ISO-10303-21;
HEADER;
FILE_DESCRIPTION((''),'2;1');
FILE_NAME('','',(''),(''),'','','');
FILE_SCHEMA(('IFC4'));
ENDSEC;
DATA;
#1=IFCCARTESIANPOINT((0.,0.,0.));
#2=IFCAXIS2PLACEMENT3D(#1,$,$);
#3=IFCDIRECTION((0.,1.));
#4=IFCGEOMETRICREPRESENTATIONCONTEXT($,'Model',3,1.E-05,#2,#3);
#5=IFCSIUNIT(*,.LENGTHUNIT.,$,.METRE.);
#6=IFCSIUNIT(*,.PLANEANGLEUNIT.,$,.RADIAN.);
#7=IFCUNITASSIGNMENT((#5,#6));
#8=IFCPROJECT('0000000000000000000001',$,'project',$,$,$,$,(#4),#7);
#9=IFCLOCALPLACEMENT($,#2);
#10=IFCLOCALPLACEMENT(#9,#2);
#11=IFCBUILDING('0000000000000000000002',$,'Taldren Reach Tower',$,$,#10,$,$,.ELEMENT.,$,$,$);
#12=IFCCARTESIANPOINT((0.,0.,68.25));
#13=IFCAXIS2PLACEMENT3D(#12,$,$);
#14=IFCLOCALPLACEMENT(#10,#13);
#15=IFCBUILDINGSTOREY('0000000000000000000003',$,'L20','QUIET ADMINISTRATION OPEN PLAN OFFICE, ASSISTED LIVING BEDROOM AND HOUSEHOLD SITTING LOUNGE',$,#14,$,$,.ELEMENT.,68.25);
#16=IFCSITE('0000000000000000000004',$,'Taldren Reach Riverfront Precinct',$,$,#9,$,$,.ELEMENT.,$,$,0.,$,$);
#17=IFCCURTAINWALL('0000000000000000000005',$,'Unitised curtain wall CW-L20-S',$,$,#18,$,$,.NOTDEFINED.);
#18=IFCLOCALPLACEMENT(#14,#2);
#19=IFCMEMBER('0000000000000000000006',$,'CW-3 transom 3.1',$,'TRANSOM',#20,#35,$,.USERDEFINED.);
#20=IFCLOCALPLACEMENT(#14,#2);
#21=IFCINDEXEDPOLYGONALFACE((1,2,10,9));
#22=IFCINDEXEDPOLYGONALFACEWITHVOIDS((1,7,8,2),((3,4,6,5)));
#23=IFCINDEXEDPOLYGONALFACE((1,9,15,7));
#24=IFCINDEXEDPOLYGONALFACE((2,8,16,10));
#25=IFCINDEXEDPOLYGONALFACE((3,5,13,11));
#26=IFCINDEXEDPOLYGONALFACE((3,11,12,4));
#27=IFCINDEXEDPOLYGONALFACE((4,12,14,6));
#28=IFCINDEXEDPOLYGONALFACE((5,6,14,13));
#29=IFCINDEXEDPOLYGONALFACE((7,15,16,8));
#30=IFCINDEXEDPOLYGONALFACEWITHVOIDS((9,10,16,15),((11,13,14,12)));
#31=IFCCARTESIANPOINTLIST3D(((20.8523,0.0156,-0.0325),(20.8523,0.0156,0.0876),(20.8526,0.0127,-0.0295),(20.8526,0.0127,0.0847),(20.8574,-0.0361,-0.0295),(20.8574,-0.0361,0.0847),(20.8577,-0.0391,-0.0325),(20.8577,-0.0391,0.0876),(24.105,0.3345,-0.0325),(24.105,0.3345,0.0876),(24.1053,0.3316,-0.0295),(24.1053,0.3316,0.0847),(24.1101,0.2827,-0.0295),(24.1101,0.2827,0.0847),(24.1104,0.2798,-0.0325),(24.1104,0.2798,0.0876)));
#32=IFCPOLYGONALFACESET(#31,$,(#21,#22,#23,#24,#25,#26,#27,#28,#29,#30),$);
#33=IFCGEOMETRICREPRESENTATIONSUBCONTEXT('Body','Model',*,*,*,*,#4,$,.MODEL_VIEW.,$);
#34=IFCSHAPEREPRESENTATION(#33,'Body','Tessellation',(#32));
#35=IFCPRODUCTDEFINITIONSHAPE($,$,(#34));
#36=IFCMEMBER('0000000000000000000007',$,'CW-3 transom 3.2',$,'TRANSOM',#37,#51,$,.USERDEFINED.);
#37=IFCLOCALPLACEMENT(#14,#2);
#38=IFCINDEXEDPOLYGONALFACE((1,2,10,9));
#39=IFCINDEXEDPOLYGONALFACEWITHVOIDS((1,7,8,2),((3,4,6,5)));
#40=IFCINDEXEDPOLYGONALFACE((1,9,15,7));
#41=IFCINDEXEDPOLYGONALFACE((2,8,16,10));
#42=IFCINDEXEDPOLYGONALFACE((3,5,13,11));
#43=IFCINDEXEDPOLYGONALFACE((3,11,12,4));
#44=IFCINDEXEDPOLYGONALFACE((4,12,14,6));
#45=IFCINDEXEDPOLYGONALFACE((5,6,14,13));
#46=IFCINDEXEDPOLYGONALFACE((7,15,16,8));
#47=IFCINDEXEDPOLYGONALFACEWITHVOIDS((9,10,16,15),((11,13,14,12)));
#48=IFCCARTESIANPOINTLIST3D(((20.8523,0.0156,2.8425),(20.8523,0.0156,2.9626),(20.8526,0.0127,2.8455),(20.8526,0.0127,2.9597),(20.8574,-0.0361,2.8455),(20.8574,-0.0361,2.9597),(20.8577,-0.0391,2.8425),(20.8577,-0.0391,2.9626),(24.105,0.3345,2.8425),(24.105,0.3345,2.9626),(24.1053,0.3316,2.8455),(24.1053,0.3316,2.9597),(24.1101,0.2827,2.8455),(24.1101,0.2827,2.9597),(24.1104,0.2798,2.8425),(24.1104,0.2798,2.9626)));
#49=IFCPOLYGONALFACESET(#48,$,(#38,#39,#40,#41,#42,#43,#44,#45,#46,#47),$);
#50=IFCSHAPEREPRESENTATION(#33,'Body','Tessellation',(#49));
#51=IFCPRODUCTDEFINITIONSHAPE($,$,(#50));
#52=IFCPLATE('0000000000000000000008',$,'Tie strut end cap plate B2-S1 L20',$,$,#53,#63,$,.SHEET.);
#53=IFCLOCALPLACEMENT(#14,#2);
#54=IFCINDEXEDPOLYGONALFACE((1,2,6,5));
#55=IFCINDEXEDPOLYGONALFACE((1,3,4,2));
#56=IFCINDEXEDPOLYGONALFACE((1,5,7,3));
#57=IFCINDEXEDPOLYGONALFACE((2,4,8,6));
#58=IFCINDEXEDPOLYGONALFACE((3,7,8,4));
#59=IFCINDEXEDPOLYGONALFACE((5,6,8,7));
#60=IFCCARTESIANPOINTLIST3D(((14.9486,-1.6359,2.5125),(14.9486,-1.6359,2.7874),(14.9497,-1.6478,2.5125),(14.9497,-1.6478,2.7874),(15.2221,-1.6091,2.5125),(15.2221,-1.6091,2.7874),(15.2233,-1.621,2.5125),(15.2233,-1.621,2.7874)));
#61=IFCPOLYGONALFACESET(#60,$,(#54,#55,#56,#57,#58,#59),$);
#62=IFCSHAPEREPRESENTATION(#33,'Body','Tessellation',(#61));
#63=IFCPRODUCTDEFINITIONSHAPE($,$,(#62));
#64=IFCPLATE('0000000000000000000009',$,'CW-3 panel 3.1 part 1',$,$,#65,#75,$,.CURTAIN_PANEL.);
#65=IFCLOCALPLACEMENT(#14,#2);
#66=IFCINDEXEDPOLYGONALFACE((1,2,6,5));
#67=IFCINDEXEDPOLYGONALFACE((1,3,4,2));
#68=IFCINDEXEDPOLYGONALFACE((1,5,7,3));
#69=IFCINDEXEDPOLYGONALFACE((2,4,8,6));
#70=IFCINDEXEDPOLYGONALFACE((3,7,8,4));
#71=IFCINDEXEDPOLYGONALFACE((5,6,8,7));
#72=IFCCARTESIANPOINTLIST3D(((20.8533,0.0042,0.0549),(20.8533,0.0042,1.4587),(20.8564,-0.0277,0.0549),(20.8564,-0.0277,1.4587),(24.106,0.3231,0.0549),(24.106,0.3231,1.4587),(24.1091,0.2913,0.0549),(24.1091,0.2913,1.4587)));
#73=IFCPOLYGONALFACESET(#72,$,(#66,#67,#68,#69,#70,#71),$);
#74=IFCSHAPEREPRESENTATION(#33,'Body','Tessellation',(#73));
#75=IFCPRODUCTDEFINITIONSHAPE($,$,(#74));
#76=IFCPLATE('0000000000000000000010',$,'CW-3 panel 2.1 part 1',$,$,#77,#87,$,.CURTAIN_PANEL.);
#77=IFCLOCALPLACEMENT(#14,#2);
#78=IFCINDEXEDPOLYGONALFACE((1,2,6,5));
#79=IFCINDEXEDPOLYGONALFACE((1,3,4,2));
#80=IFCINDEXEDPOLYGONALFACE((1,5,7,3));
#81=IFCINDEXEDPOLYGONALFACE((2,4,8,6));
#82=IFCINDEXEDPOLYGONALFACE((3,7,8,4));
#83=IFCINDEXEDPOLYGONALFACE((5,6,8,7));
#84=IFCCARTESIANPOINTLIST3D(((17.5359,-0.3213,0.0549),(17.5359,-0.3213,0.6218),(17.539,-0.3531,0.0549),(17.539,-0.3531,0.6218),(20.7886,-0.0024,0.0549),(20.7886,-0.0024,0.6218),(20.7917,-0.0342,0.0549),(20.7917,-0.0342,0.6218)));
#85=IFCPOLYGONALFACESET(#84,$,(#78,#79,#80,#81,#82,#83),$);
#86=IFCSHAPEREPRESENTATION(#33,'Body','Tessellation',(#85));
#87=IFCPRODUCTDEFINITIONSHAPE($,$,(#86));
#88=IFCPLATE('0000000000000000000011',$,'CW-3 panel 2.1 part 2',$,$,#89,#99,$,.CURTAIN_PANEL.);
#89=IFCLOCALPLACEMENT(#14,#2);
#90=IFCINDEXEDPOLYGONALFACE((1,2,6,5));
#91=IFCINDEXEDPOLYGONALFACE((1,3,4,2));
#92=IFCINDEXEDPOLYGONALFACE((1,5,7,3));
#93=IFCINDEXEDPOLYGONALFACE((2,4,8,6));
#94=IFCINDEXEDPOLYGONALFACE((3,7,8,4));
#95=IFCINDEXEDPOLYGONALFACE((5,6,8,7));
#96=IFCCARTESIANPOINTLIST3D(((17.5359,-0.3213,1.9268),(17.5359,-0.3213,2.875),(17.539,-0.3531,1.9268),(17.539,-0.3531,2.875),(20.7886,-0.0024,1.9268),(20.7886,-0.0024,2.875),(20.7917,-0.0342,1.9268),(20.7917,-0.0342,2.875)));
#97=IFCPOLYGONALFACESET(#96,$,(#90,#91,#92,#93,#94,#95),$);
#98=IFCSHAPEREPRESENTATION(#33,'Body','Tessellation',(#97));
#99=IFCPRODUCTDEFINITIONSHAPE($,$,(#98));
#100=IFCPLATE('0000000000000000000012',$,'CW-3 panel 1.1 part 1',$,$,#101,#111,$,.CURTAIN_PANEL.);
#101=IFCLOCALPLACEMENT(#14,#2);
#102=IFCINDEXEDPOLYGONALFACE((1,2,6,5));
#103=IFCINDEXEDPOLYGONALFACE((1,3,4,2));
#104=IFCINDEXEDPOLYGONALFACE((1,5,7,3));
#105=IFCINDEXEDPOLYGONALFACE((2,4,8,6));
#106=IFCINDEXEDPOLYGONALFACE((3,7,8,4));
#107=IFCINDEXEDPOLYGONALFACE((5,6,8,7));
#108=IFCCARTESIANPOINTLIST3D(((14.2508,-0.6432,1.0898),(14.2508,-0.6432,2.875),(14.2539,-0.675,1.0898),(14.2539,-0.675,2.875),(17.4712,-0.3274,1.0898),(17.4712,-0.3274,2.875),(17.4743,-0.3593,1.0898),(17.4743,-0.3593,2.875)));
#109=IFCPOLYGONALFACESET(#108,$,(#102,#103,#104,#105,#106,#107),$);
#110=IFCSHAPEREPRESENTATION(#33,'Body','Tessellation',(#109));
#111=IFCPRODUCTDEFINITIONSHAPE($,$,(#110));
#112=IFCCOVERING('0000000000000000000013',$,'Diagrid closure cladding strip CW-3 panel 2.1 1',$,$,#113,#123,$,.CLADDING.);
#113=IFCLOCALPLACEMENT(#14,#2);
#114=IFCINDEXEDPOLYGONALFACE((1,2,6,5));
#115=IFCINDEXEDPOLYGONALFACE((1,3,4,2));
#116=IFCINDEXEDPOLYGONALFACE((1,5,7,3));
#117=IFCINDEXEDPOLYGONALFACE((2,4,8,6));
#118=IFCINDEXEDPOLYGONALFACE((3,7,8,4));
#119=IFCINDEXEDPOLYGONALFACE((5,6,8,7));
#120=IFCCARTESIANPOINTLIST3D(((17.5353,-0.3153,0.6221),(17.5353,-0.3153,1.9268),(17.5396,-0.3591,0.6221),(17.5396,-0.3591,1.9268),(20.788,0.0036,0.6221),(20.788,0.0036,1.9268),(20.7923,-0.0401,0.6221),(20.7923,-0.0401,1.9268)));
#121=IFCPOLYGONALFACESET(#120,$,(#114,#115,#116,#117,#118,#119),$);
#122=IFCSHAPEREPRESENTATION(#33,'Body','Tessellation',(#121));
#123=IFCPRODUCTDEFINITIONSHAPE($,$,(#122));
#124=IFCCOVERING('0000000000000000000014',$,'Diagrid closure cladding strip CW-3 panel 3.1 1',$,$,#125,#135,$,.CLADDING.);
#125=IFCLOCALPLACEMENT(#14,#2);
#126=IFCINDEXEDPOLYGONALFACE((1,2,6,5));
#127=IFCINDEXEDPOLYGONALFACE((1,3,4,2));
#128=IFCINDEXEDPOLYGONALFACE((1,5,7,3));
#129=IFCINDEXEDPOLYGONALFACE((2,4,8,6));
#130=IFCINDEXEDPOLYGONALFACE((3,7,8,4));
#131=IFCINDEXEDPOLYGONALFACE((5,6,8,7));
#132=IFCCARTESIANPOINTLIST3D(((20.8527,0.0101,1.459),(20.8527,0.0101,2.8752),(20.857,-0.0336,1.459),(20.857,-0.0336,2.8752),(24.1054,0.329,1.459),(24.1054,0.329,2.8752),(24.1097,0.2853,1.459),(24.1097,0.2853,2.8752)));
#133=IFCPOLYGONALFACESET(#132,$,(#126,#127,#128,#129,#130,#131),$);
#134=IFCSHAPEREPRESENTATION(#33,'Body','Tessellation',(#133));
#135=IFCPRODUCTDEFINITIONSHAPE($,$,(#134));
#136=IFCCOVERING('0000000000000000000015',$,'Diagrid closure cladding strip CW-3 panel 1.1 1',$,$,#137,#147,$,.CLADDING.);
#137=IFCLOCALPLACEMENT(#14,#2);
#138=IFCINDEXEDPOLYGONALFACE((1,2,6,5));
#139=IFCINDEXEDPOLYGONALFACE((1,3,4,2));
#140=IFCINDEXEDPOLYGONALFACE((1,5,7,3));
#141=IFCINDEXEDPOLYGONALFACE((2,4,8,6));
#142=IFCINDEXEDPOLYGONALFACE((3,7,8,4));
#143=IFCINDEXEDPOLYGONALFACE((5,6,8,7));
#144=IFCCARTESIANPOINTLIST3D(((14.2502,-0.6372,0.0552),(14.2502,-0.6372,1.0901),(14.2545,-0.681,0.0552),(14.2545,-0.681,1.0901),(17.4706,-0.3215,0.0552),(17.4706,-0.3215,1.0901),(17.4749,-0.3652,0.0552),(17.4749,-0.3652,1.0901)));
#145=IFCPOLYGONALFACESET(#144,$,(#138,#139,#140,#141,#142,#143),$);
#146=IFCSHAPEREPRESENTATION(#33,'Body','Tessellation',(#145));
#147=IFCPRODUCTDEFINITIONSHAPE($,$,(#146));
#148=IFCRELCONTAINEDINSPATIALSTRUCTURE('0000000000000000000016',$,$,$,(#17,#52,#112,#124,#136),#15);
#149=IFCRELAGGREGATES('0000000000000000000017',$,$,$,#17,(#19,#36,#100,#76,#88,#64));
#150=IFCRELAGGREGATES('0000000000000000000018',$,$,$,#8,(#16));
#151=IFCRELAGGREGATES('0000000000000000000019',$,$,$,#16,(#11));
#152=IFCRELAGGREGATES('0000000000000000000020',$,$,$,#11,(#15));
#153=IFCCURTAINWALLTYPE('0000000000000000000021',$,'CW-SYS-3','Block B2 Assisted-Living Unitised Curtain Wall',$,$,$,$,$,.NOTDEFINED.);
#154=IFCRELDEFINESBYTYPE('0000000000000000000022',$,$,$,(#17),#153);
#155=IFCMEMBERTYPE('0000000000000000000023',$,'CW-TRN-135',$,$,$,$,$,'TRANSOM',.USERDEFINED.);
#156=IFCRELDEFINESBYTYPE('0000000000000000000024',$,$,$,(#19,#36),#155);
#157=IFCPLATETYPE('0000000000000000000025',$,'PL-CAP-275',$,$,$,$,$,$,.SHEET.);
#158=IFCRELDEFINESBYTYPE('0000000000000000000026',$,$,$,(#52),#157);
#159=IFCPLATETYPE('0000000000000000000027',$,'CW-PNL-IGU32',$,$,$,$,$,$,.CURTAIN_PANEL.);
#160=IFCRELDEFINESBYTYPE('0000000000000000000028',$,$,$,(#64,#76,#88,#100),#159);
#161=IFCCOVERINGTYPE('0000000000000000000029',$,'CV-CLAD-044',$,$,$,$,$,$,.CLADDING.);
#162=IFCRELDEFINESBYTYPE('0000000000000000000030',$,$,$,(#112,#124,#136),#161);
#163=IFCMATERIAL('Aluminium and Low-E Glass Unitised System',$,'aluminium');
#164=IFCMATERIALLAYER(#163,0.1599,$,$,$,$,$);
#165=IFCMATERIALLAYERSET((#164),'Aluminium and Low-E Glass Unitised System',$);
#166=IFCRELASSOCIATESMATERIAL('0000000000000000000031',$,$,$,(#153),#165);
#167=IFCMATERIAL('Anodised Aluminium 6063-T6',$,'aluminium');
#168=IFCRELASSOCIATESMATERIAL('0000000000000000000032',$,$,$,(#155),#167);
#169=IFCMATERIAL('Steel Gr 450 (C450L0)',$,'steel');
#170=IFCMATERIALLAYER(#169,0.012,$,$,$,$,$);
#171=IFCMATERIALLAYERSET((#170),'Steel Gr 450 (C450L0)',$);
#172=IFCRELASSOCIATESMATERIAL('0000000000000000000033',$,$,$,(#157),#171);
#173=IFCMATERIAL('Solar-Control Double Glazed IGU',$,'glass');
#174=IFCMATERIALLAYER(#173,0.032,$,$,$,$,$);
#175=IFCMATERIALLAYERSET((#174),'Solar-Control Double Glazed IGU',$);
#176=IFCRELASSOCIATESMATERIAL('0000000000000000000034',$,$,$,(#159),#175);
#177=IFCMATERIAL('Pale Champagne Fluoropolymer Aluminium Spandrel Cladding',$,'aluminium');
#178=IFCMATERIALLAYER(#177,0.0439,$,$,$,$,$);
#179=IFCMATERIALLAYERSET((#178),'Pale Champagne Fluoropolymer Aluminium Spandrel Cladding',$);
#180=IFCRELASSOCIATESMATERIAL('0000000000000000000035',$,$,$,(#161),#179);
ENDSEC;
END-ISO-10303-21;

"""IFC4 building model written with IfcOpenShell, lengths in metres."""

from ifc_helpers import new_model, si_unit, direction, frame, origin, origin_2d, place, context, subcontext, project, spatial, rectangle, hollow_rectangle, extrude, source, transform, mapped, material, layer, layer_set, material_profile, profile_set, type_object, element, aggregate, save


model = new_model("IFC4")

# Units and contexts
model_context = context("Model", 3, precision=1e-05, world=origin(), true_north=direction((0.0, 1.0)))
body_context = subcontext(model_context, "Body", "Model", "MODEL_VIEW")
ifc_project = project(units=[si_unit("LENGTHUNIT", "METRE"), si_unit("PLANEANGLEUNIT", "RADIAN")], contexts=[model_context])

# Site, building, storey
site_placement = place(None, origin())
site = spatial("IfcSite", under=ifc_project, at=site_placement, Name="Taldren Reach Riverfront Precinct", CompositionType="ELEMENT", RefElevation=0.0)
building_placement = place(site_placement, origin())
building = spatial("IfcBuilding", under=site, at=building_placement, Name="Taldren Reach Tower", CompositionType="ELEMENT")
storey_placement = place(building_placement, frame((0.0, 0.0, 68.25)))
storey = spatial("IfcBuildingStorey", under=building, at=storey_placement, Name="L20", Description="QUIET ADMINISTRATION OPEN PLAN OFFICE, ASSISTED LIVING BEDROOM AND HOUSEHOLD SITTING LOUNGE", CompositionType="ELEMENT", Elevation=68.25)

# Shared definitions
ifc_material_1 = material(Name="Steel Gr 450 (C450L0)", Category="steel")

# Curtain wall, members
ifc_material_2 = material(Name="Aluminium and Low-E Glass Unitised System", Category="aluminium")
ifc_layer_1 = layer(ifc_material_2, 0.1599)
ifc_layer_set_1 = layer_set([ifc_layer_1], Name="Aluminium and Low-E Glass Unitised System")
curtain_wall_type = type_object("IfcCurtainWallType", Name="CW-SYS-3", Description="Block B2 Assisted-Living Unitised Curtain Wall", PredefinedType="NOTDEFINED", material=ifc_layer_set_1)
curtain_wall_placement = place(storey_placement, origin())
curtain_wall = element("IfcCurtainWall", 1, at=curtain_wall_placement, inside=storey, type_object=curtain_wall_type, Name="Unitised curtain wall CW-L20-S", PredefinedType="NOTDEFINED")
ifc_material_3 = material(Name="Anodised Aluminium 6063-T6", Category="aluminium")
ifc_material_profile_1 = material_profile(ifc_material_3, hollow_rectangle(XDim=0.0549, YDim=0.1201, WallThickness=0.0029, at=origin_2d()), Name="ALU-120x55x3RHS")
ifc_profile_set_1 = profile_set([ifc_material_profile_1], Name="Anodised Aluminium 6063-T6")
member_type_1 = type_object("IfcMemberType", Name="CW-TRN-135", ElementType="TRANSOM", PredefinedType="USERDEFINED", material=ifc_profile_set_1)
shared_shape_1 = source(origin(), body_context, "Body", "SweptSolid", [
    extrude(hollow_rectangle(XDim=0.0549, YDim=0.1201, WallThickness=0.0029, at=origin_2d()), origin(), (0.0, 0.0, 1.0), 3.2683),
])
member_1_placement = place(storey_placement, frame((20.855, -0.0117, 0.0276), z_axis=(0.99523, 0.097558, 0.0), x_axis=(-0.097558, 0.99523, 0.0)))
member_1 = element("IfcMember", 2, at=member_1_placement, type_object=member_type_1, Name="CW-3 transom 3.1", ObjectType="TRANSOM", PredefinedType="USERDEFINED", context=body_context, shape_type="MappedRepresentation", body=[
    mapped(shared_shape_1, transform((0.0, 0.0, 0.0), scale=1.0)),
])
member_2_placement = place(storey_placement, frame((20.855, -0.0117, 2.9026), z_axis=(0.99523, 0.097558, 0.0), x_axis=(-0.097558, 0.99523, 0.0)))
member_2 = element("IfcMember", 3, at=member_2_placement, type_object=member_type_1, Name="CW-3 transom 3.2", ObjectType="TRANSOM", PredefinedType="USERDEFINED", context=body_context, shape_type="MappedRepresentation", body=[
    mapped(shared_shape_1, transform((0.0, 0.0, 0.0), scale=1.0)),
])

# Plates
ifc_layer_2 = layer(ifc_material_1, 0.012)
ifc_layer_set_2 = layer_set([ifc_layer_2], Name="Steel Gr 450 (C450L0)")
plate_type_1 = type_object("IfcPlateType", Name="PL-CAP-275", PredefinedType="SHEET", material=ifc_layer_set_2)
shared_shape_2 = source(origin(), body_context, "Body", "SweptSolid", [
    extrude(rectangle(XDim=0.2749, YDim=0.012, at=origin_2d()), origin(), (0.0, 0.0, 1.0), 0.2749),
])
plate_1_placement = place(storey_placement, frame((15.0859, -1.6284, 2.5125), z_axis=(0.0, 0.0, 1.0), x_axis=(0.995227, 0.097583, 0.0)))
element("IfcPlate", 4, at=plate_1_placement, inside=storey, type_object=plate_type_1, Name="Tie strut end cap plate B2-S1 L20", PredefinedType="SHEET", context=body_context, shape_type="MappedRepresentation", body=[
    mapped(shared_shape_2, transform((0.0, 0.0, 0.0), scale=1.0)),
])
ifc_material_4 = material(Name="Solar-Control Double Glazed IGU", Category="glass")
ifc_layer_3 = layer(ifc_material_4, 0.032)
ifc_layer_set_3 = layer_set([ifc_layer_3], Name="Solar-Control Double Glazed IGU")
plate_type_2 = type_object("IfcPlateType", Name="CW-PNL-IGU32", PredefinedType="CURTAIN_PANEL", material=ifc_layer_set_3)
shared_shape_3 = source(origin(), body_context, "Body", "SweptSolid", [
    extrude(rectangle(XDim=3.2683, YDim=0.032, at=origin_2d()), origin(), (0.0, 0.0, 1.0), 1.4038),
])
plate_2_placement = place(storey_placement, frame((22.4812, 0.1477, 0.0549), z_axis=(0.0, 0.0, 1.0), x_axis=(0.995227, 0.097583, 0.0)))
plate_2 = element("IfcPlate", 5, at=plate_2_placement, type_object=plate_type_2, Name="CW-3 panel 3.1 part 1", PredefinedType="CURTAIN_PANEL", context=body_context, shape_type="MappedRepresentation", body=[
    mapped(shared_shape_3, transform((0.0, 0.0, 0.0), scale=1.0)),
])
shared_shape_4 = source(origin(), body_context, "Body", "SweptSolid", [
    extrude(rectangle(XDim=3.2683, YDim=0.032, at=origin_2d()), origin(), (0.0, 0.0, 1.0), 0.5669),
])
plate_3_placement = place(storey_placement, frame((19.1638, -0.1777, 0.0549), z_axis=(0.0, 0.0, 1.0), x_axis=(0.995227, 0.097583, 0.0)))
plate_3 = element("IfcPlate", 6, at=plate_3_placement, type_object=plate_type_2, Name="CW-3 panel 2.1 part 1", PredefinedType="CURTAIN_PANEL", context=body_context, shape_type="MappedRepresentation", body=[
    mapped(shared_shape_4, transform((0.0, 0.0, 0.0), scale=1.0)),
])
shared_shape_5 = source(origin(), body_context, "Body", "SweptSolid", [
    extrude(rectangle(XDim=3.2683, YDim=0.032, at=origin_2d()), origin(), (0.0, 0.0, 1.0), 0.9482),
])
plate_4_placement = place(storey_placement, frame((19.1638, -0.1777, 1.9268), z_axis=(0.0, 0.0, 1.0), x_axis=(0.995227, 0.097583, 0.0)))
plate_4 = element("IfcPlate", 7, at=plate_4_placement, type_object=plate_type_2, Name="CW-3 panel 2.1 part 2", PredefinedType="CURTAIN_PANEL", context=body_context, shape_type="MappedRepresentation", body=[
    mapped(shared_shape_5, transform((0.0, 0.0, 0.0), scale=1.0)),
])
shared_shape_6 = source(origin(), body_context, "Body", "SweptSolid", [
    extrude(rectangle(XDim=3.2358, YDim=0.032, at=origin_2d()), origin(), (0.0, 0.0, 1.0), 1.7852),
])
plate_5_placement = place(storey_placement, frame((15.8625, -0.5012, 1.0898), z_axis=(0.0, 0.0, 1.0), x_axis=(0.995227, 0.097583, 0.0)))
plate_5 = element("IfcPlate", 8, at=plate_5_placement, type_object=plate_type_2, Name="CW-3 panel 1.1 part 1", PredefinedType="CURTAIN_PANEL", context=body_context, shape_type="MappedRepresentation", body=[
    mapped(shared_shape_6, transform((0.0, 0.0, 0.0), scale=1.0)),
])
aggregate(curtain_wall, [member_1, member_2, plate_5, plate_3, plate_4, plate_2])

# Coverings
ifc_material_5 = material(Name="Pale Champagne Fluoropolymer Aluminium Spandrel Cladding", Category="aluminium")
ifc_layer_4 = layer(ifc_material_5, 0.0439)
ifc_layer_set_4 = layer_set([ifc_layer_4], Name="Pale Champagne Fluoropolymer Aluminium Spandrel Cladding")
covering_type = type_object("IfcCoveringType", Name="CV-CLAD-044", PredefinedType="CLADDING", material=ifc_layer_set_4)
shared_shape_7 = source(origin(), body_context, "Body", "SweptSolid", [
    extrude(rectangle(XDim=3.2683, YDim=0.0439, at=origin_2d()), origin(), (0.0, 0.0, 1.0), 1.3047),
])
covering_1_placement = place(storey_placement, frame((19.1638, -0.1777, 0.6221), z_axis=(0.0, 0.0, 1.0), x_axis=(0.995227, 0.097583, 0.0)))
element("IfcCovering", 9, at=covering_1_placement, inside=storey, type_object=covering_type, Name="Diagrid closure cladding strip CW-3 panel 2.1 1", PredefinedType="CLADDING", context=body_context, shape_type="MappedRepresentation", body=[
    mapped(shared_shape_7, transform((0.0, 0.0, 0.0), scale=1.0)),
])
shared_shape_8 = source(origin(), body_context, "Body", "SweptSolid", [
    extrude(rectangle(XDim=3.2683, YDim=0.0439, at=origin_2d()), origin(), (0.0, 0.0, 1.0), 1.4163),
])
covering_2_placement = place(storey_placement, frame((22.4812, 0.1477, 1.459), z_axis=(0.0, 0.0, 1.0), x_axis=(0.995227, 0.097583, 0.0)))
element("IfcCovering", 10, at=covering_2_placement, inside=storey, type_object=covering_type, Name="Diagrid closure cladding strip CW-3 panel 3.1 1", PredefinedType="CLADDING", context=body_context, shape_type="MappedRepresentation", body=[
    mapped(shared_shape_8, transform((0.0, 0.0, 0.0), scale=1.0)),
])
shared_shape_9 = source(origin(), body_context, "Body", "SweptSolid", [
    extrude(rectangle(XDim=3.2358, YDim=0.0439, at=origin_2d()), origin(), (0.0, 0.0, 1.0), 1.0349),
])
covering_3_placement = place(storey_placement, frame((15.8625, -0.5012, 0.0552), z_axis=(0.0, 0.0, 1.0), x_axis=(0.995227, 0.097583, 0.0)))
element("IfcCovering", 11, at=covering_3_placement, inside=storey, type_object=covering_type, Name="Diagrid closure cladding strip CW-3 panel 1.1 1", PredefinedType="CLADDING", context=body_context, shape_type="MappedRepresentation", body=[
    mapped(shared_shape_9, transform((0.0, 0.0, 0.0), scale=1.0)),
])

save(model, "model.ifc")
